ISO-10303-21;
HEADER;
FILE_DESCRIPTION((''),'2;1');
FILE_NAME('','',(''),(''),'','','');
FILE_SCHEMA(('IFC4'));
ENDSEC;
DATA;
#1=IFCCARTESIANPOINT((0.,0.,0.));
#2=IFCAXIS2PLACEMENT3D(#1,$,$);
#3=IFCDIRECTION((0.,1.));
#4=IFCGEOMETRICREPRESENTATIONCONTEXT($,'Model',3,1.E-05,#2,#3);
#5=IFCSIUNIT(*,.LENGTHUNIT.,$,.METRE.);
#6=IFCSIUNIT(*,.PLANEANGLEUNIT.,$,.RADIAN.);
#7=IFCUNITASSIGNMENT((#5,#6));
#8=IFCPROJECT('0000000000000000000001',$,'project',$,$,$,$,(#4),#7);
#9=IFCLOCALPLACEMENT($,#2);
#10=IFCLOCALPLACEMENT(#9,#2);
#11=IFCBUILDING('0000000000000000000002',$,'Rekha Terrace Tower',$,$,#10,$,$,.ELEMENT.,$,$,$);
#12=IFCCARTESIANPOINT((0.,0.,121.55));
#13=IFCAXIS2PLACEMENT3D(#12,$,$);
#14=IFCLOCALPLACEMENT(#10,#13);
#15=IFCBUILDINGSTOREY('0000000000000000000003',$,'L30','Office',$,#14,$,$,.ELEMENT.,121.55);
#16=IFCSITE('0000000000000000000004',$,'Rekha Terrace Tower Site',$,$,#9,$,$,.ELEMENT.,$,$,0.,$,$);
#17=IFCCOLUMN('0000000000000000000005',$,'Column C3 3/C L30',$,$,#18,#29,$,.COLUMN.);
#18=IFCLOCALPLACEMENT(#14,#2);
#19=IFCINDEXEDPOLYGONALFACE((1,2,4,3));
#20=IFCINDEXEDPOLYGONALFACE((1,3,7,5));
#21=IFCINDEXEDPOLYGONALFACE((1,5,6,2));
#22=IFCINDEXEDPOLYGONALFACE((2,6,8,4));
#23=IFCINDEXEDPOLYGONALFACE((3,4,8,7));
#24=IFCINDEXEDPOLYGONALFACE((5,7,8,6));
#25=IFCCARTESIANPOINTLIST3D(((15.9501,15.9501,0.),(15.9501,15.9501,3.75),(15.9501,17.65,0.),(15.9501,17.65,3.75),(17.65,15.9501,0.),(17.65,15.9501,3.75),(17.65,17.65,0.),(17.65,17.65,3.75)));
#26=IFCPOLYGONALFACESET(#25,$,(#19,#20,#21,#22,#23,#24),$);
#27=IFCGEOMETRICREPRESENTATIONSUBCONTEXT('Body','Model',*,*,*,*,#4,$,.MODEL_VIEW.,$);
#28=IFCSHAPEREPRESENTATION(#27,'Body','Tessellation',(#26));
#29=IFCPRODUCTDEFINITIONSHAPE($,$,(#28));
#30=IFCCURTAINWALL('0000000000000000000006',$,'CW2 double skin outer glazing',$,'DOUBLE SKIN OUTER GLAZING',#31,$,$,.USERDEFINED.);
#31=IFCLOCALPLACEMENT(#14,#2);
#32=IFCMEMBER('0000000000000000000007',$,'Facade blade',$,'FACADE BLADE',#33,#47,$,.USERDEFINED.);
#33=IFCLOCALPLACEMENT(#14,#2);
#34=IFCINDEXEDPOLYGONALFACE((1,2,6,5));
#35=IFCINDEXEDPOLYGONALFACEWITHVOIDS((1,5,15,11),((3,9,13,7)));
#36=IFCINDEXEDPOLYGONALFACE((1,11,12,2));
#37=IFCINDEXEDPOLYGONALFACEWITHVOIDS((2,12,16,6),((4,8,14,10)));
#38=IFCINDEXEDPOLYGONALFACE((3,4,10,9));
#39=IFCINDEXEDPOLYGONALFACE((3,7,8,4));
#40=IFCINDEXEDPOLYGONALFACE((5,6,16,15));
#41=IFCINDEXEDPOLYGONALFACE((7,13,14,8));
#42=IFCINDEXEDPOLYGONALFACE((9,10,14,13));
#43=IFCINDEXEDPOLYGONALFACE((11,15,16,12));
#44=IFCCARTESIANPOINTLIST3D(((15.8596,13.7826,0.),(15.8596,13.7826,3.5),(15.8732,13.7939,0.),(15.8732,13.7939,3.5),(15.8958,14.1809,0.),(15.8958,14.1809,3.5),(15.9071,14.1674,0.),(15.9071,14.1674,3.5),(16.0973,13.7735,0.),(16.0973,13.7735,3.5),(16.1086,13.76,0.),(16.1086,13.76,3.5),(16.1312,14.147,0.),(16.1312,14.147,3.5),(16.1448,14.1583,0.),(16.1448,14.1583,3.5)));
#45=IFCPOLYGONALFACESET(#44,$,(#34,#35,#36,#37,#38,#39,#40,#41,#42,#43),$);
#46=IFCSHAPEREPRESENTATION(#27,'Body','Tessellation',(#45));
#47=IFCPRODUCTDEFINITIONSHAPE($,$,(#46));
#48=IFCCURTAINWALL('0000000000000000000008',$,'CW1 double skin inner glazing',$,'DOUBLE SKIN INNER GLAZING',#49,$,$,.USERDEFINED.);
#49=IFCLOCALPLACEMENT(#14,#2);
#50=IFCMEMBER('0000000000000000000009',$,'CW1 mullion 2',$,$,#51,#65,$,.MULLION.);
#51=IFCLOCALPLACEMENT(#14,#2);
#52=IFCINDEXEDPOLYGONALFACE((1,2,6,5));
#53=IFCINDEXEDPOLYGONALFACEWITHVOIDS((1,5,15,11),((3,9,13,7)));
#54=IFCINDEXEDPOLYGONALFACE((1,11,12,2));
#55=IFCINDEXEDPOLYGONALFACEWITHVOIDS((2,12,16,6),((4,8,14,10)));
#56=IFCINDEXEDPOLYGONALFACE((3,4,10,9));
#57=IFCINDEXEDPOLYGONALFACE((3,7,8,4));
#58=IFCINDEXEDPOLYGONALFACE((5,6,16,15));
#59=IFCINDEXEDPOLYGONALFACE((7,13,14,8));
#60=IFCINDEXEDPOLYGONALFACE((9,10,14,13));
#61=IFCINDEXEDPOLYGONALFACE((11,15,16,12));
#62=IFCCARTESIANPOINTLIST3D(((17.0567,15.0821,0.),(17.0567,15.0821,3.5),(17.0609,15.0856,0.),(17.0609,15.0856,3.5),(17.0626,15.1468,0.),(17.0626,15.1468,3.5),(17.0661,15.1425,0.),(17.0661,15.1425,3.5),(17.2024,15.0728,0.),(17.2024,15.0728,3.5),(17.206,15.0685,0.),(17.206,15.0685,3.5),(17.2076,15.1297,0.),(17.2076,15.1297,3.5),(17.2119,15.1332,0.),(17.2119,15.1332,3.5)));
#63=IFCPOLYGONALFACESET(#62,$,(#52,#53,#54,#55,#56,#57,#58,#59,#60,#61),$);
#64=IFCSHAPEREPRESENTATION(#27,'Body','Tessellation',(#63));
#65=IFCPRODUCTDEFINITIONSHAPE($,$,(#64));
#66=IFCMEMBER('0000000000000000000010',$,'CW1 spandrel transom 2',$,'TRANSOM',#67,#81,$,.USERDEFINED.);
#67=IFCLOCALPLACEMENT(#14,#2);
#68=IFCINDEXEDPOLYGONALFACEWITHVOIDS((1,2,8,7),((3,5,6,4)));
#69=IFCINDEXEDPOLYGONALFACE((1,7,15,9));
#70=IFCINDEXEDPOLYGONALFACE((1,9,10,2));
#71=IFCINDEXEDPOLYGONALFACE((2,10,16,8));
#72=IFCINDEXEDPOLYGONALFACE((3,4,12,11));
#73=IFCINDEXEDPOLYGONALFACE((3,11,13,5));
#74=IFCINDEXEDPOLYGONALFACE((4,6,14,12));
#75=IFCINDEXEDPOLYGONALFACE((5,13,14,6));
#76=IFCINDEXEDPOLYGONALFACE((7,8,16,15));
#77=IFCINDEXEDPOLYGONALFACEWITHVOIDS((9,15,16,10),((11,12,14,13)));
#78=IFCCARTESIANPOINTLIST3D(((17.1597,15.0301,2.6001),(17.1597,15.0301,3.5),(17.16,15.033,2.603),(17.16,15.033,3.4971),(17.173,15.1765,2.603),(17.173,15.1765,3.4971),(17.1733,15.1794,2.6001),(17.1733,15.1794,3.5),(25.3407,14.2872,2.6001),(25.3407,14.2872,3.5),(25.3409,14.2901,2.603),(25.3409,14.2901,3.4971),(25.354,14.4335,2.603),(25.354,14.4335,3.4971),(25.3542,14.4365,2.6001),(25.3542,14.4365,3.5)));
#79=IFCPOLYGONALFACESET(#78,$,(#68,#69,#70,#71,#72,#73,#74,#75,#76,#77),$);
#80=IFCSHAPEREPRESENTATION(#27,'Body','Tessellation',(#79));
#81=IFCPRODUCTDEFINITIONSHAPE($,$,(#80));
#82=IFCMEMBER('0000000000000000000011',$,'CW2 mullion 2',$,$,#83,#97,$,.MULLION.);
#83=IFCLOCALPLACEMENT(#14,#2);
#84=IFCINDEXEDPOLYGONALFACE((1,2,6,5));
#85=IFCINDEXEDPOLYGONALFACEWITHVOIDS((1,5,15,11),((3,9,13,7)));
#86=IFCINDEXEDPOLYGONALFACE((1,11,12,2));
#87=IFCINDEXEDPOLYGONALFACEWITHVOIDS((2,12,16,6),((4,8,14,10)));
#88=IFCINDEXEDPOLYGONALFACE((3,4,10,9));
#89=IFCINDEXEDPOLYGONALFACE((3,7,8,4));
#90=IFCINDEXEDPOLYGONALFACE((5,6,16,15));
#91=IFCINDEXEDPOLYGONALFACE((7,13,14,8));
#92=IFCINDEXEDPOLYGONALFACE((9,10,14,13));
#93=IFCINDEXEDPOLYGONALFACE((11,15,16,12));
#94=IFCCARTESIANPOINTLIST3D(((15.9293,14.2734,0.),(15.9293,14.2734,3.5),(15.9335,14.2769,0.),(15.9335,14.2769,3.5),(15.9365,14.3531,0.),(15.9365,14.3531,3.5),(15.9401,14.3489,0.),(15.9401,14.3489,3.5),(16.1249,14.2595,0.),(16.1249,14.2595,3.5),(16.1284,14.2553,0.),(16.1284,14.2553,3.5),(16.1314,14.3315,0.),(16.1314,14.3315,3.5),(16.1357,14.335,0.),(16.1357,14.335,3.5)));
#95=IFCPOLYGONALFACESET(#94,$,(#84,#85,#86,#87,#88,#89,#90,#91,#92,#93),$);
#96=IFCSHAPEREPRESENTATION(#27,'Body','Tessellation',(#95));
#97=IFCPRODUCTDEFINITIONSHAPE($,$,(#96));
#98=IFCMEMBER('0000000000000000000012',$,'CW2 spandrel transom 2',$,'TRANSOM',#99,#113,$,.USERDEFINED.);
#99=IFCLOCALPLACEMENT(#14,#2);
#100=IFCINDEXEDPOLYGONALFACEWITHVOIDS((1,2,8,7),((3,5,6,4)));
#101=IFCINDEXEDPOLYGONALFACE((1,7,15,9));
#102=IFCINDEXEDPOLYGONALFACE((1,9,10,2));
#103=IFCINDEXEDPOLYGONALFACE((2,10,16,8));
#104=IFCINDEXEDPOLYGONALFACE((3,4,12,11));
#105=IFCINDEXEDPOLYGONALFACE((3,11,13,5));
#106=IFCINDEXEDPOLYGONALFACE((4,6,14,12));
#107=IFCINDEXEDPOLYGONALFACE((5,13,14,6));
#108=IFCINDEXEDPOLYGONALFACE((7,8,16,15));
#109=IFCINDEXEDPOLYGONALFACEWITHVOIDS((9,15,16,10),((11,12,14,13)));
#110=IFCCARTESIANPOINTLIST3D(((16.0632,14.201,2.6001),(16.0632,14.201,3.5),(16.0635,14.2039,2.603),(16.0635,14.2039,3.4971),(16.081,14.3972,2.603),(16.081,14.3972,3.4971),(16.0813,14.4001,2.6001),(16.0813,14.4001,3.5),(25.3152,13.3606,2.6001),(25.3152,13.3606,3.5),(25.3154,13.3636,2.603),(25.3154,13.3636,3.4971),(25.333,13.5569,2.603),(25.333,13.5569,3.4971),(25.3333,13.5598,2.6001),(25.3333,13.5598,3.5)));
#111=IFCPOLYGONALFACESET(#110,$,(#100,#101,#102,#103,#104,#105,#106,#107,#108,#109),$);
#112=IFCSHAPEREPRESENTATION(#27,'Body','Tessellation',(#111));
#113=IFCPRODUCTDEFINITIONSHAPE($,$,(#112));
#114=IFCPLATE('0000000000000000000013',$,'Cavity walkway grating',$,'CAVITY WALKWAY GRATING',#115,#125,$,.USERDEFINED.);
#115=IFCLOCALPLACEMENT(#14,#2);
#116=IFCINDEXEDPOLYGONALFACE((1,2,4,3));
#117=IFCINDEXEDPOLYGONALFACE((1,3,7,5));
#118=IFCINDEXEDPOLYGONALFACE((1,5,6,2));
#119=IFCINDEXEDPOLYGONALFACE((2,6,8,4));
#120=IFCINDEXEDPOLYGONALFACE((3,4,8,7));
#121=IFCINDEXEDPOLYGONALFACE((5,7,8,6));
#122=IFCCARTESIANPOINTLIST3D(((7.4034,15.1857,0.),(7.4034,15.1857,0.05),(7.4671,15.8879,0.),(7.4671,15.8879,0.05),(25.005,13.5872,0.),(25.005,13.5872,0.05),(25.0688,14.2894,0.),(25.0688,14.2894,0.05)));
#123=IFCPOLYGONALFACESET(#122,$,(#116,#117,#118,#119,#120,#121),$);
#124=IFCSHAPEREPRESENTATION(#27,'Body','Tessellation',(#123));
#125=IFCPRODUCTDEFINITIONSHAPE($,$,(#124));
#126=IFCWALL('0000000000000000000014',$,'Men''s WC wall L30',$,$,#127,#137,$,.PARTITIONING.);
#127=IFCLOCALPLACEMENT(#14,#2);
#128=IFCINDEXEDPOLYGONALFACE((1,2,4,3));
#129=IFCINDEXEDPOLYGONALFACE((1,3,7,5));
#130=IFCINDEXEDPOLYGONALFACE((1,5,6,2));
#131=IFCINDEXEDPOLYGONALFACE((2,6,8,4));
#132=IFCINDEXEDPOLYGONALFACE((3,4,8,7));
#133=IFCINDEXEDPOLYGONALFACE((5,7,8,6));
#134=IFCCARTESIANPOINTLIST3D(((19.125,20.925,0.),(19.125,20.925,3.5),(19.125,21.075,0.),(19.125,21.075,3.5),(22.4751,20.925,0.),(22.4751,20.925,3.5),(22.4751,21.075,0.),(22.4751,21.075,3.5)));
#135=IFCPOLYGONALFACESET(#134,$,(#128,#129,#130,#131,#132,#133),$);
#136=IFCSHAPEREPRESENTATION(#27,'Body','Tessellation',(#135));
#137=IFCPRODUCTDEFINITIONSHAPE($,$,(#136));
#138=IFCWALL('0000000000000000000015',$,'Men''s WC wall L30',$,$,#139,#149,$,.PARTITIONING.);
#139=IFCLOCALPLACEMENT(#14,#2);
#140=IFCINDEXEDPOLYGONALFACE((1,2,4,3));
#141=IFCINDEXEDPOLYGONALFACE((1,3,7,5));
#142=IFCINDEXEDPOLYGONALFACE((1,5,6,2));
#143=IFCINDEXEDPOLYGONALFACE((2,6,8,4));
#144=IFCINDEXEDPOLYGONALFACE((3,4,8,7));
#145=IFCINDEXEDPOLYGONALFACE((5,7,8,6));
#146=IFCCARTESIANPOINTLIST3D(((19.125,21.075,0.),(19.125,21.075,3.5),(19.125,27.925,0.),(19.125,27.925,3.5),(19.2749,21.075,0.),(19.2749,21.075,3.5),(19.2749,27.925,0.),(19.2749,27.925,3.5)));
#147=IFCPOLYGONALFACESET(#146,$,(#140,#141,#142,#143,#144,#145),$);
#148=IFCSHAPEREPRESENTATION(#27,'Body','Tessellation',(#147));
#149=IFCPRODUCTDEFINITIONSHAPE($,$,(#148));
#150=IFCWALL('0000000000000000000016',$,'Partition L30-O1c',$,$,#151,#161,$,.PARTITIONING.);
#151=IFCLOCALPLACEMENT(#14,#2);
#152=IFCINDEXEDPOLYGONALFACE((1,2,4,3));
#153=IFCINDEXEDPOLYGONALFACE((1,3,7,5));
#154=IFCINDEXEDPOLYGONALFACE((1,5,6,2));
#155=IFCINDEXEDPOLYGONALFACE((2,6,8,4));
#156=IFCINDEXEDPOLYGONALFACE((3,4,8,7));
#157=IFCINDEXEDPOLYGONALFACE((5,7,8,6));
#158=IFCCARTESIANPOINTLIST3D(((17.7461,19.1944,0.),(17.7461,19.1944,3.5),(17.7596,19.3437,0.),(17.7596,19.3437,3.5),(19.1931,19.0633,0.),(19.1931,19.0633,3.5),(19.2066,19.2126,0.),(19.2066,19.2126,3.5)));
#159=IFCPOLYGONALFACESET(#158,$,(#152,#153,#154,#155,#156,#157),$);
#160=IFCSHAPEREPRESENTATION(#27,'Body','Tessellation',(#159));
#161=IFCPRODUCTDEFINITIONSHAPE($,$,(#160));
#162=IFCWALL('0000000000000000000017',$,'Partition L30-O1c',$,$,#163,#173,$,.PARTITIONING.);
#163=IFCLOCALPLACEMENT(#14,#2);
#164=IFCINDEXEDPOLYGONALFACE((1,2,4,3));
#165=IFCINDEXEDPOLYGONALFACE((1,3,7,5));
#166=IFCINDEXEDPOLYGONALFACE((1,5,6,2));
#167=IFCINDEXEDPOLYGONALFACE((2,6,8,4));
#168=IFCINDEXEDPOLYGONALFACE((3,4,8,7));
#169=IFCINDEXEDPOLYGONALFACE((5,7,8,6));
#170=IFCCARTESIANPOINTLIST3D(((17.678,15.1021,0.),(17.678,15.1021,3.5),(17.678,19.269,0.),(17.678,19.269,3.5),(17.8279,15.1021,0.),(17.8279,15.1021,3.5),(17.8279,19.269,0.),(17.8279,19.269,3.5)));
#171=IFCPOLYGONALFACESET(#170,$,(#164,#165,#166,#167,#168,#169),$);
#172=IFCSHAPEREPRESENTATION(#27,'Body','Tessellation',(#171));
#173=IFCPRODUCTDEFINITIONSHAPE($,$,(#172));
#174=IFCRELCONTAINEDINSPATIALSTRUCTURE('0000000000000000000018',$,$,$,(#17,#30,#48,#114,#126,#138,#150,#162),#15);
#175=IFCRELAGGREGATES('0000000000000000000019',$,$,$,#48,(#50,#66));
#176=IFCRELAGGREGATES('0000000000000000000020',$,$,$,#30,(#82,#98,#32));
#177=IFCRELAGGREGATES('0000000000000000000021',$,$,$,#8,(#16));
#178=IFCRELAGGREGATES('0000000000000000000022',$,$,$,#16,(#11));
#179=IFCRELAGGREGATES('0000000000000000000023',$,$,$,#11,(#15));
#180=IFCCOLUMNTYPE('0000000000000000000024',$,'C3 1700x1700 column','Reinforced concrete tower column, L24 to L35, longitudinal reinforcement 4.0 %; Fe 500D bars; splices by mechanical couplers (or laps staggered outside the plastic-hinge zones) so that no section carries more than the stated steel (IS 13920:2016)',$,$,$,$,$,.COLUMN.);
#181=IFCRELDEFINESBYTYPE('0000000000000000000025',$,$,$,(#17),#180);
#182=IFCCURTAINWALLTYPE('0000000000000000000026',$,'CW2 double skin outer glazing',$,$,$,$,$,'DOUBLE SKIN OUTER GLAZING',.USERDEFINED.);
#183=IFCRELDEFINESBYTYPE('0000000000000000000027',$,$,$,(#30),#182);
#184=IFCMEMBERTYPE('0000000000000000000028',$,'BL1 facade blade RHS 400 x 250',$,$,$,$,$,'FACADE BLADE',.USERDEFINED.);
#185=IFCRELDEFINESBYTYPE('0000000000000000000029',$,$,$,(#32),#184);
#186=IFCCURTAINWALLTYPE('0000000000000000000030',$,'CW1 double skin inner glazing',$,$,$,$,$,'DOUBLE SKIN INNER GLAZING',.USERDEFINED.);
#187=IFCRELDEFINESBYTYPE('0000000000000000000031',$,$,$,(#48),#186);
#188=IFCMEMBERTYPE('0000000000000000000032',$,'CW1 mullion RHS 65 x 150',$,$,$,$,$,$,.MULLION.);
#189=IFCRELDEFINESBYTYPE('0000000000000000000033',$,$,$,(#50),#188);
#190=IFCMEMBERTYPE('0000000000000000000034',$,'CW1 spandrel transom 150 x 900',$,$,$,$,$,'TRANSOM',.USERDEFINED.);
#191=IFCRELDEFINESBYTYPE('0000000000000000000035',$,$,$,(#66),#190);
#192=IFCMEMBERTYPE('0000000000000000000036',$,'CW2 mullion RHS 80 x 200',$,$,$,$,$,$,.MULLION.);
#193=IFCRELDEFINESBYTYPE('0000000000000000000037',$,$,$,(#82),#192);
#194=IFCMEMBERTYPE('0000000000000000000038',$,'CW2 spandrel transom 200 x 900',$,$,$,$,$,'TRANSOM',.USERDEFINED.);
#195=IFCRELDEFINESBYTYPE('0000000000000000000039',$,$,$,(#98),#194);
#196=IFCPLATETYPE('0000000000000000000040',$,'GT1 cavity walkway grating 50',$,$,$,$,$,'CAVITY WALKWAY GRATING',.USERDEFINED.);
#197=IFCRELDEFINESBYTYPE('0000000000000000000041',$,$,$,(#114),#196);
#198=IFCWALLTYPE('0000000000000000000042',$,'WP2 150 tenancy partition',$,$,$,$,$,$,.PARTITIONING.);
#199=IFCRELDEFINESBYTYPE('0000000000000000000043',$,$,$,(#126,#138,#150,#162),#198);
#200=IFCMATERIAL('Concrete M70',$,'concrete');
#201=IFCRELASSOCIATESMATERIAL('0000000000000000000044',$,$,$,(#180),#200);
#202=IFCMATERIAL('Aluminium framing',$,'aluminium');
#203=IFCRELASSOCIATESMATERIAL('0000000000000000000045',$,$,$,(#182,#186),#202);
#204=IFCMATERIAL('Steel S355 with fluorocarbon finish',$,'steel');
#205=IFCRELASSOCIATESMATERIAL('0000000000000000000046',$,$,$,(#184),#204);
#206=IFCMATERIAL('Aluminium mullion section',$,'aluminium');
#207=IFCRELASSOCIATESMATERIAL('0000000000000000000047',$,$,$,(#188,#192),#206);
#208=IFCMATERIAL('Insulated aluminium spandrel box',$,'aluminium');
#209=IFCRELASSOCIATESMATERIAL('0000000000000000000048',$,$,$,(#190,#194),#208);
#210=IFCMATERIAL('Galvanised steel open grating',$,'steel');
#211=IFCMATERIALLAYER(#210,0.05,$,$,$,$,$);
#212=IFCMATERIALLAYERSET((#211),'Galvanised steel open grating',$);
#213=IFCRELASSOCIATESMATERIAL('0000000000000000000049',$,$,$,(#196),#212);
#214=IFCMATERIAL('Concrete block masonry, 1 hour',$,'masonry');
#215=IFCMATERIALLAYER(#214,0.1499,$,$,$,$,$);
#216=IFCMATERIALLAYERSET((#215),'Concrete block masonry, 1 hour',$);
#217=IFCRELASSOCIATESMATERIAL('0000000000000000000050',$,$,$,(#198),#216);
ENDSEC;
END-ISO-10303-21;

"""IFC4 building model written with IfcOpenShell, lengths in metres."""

from ifc_helpers import new_model, si_unit, direction, frame, frame_2d, origin, origin_2d, place, context, subcontext, project, spatial, rectangle, hollow_rectangle, extrude, material, layer, layer_set, material_profile, profile_set, type_object, element, aggregate, save


model = new_model("IFC4")

# Units and contexts
model_context = context("Model", 3, precision=1e-05, world=origin(), true_north=direction((0.0, 1.0)))
body_context = subcontext(model_context, "Body", "Model", "MODEL_VIEW")
ifc_project = project(units=[si_unit("LENGTHUNIT", "METRE"), si_unit("PLANEANGLEUNIT", "RADIAN")], contexts=[model_context])

# Site, building, storey
site_placement = place(None, origin())
site = spatial("IfcSite", under=ifc_project, at=site_placement, Name="Rekha Terrace Tower Site", CompositionType="ELEMENT", RefElevation=0.0)
building_placement = place(site_placement, origin())
building = spatial("IfcBuilding", under=site, at=building_placement, Name="Rekha Terrace Tower", CompositionType="ELEMENT")
storey_placement = place(building_placement, frame((0.0, 0.0, 121.55)))
storey = spatial("IfcBuildingStorey", under=building, at=storey_placement, Name="L30", Description="Office", CompositionType="ELEMENT", Elevation=121.55)

# Column
ifc_material_1 = material(Name="Concrete M70", Category="concrete")
ifc_material_profile_1 = material_profile(ifc_material_1, rectangle(XDim=1.7, YDim=1.7, at=origin_2d()), Name="RC 1700x1700")
ifc_profile_set_1 = profile_set([ifc_material_profile_1], Name="Concrete M70")
column_type = type_object("IfcColumnType", Name="C3 1700x1700 column", Description="Reinforced concrete tower column, L24 to L35, longitudinal reinforcement 4.0 %; Fe 500D bars; splices by mechanical couplers (or laps staggered outside the plastic-hinge zones) so that no section carries more than the stated steel (IS 13920:2016)", PredefinedType="COLUMN", material=ifc_profile_set_1)
column_placement = place(storey_placement, frame((16.8, 16.8, 0.0), z_axis=(0.0, 0.0, 1.0), x_axis=(1.0, 0.0, 0.0)))
element("IfcColumn", 1, at=column_placement, inside=storey, type_object=column_type, Name="Column C3 3/C L30", PredefinedType="COLUMN", context=body_context, shape_type="SweptSolid", body=[
    extrude(rectangle(XDim=1.7, YDim=1.7, at=origin_2d()), origin(), (0.0, 0.0, 1.0), 3.75),
])

# Curtain wall, member
ifc_material_2 = material(Name="Aluminium framing", Category="aluminium")
curtain_wall_type_1 = type_object("IfcCurtainWallType", Name="CW2 double skin outer glazing", ElementType="DOUBLE SKIN OUTER GLAZING", PredefinedType="USERDEFINED", material=ifc_material_2)
curtain_wall_1_placement = place(storey_placement, origin())
curtain_wall_1 = element("IfcCurtainWall", 2, at=curtain_wall_1_placement, inside=storey, type_object=curtain_wall_type_1, Name="CW2 double skin outer glazing", ObjectType="DOUBLE SKIN OUTER GLAZING", PredefinedType="USERDEFINED")
ifc_material_3 = material(Name="Steel S355 with fluorocarbon finish", Category="steel")
ifc_material_profile_2 = material_profile(ifc_material_3, hollow_rectangle(XDim=0.25, YDim=0.3999, WallThickness=0.0125, at=origin_2d()), Name="RHS400x250x12.5")
ifc_profile_set_2 = profile_set([ifc_material_profile_2], Name="Steel S355 with fluorocarbon finish")
member_type_1 = type_object("IfcMemberType", Name="BL1 facade blade RHS 400 x 250", ElementType="FACADE BLADE", PredefinedType="USERDEFINED", material=ifc_profile_set_2)
member_1_placement = place(storey_placement, frame((16.0022, 13.9705, 0.0), z_axis=(0.0, 0.0, 1.0), x_axis=(0.995902, -0.09044, 0.0)))
member_1 = element("IfcMember", 3, at=member_1_placement, type_object=member_type_1, Name="Facade blade", ObjectType="FACADE BLADE", PredefinedType="USERDEFINED", context=body_context, shape_type="SweptSolid", body=[
    extrude(hollow_rectangle(XDim=0.25, YDim=0.3999, WallThickness=0.0125, at=origin_2d()), origin(), (0.0, 0.0, 1.0), 3.5),
])

# Curtain wall, members
curtain_wall_type_2 = type_object("IfcCurtainWallType", Name="CW1 double skin inner glazing", ElementType="DOUBLE SKIN INNER GLAZING", PredefinedType="USERDEFINED", material=ifc_material_2)
curtain_wall_2_placement = place(storey_placement, origin())
curtain_wall_2 = element("IfcCurtainWall", 4, at=curtain_wall_2_placement, inside=storey, type_object=curtain_wall_type_2, Name="CW1 double skin inner glazing", ObjectType="DOUBLE SKIN INNER GLAZING", PredefinedType="USERDEFINED")
ifc_material_4 = material(Name="Aluminium mullion section", Category="aluminium")
ifc_material_profile_3 = material_profile(ifc_material_4, hollow_rectangle(XDim=0.0649, YDim=0.1499, WallThickness=0.0039, at=origin_2d()), Name="AL RHS 65x150")
ifc_profile_set_3 = profile_set([ifc_material_profile_3], Name="Aluminium mullion section")
member_type_2 = type_object("IfcMemberType", Name="CW1 mullion RHS 65 x 150", PredefinedType="MULLION", material=ifc_profile_set_3)
member_2_placement = place(storey_placement, frame((17.1343, 15.1077, 0.0), z_axis=(0.0, 0.0, 1.0), x_axis=(0.09044, 0.995902, 0.0)))
member_2 = element("IfcMember", 5, at=member_2_placement, type_object=member_type_2, Name="CW1 mullion 2", PredefinedType="MULLION", context=body_context, shape_type="SweptSolid", body=[
    extrude(hollow_rectangle(XDim=0.0649, YDim=0.1499, WallThickness=0.0039, at=origin_2d()), origin(), (0.0, 0.0, 1.0), 3.5),
])
ifc_material_5 = material(Name="Insulated aluminium spandrel box", Category="aluminium")
ifc_material_profile_4 = material_profile(ifc_material_5, hollow_rectangle(XDim=0.1499, YDim=0.8999, WallThickness=0.0029, at=origin_2d()), Name="AL SPANDREL BOX 150x900")
ifc_profile_set_4 = profile_set([ifc_material_profile_4], Name="Insulated aluminium spandrel box")
member_type_3 = type_object("IfcMemberType", Name="CW1 spandrel transom 150 x 900", ElementType="TRANSOM", PredefinedType="USERDEFINED", material=ifc_profile_set_4)
member_3_placement = place(storey_placement, frame((17.1665, 15.1047, 3.05), z_axis=(0.995902, -0.090439, 0.0), x_axis=(0.090439, 0.995902, 0.0)))
member_3 = element("IfcMember", 6, at=member_3_placement, type_object=member_type_3, Name="CW1 spandrel transom 2", ObjectType="TRANSOM", PredefinedType="USERDEFINED", context=body_context, shape_type="SweptSolid", body=[
    extrude(hollow_rectangle(XDim=0.1499, YDim=0.8999, WallThickness=0.0029, at=origin_2d()), origin(), (0.0, 0.0, 1.0), 8.2146),
])
aggregate(curtain_wall_2, [member_2, member_3])

# Members
ifc_material_profile_5 = material_profile(ifc_material_4, hollow_rectangle(XDim=0.0801, YDim=0.2, WallThickness=0.0039, at=origin_2d()), Name="AL RHS 80x200")
ifc_profile_set_5 = profile_set([ifc_material_profile_5], Name="Aluminium mullion section")
member_type_4 = type_object("IfcMemberType", Name="CW2 mullion RHS 80 x 200", PredefinedType="MULLION", material=ifc_profile_set_5)
member_4_placement = place(storey_placement, frame((16.0325, 14.3042, 0.0), z_axis=(0.0, 0.0, 1.0), x_axis=(0.09044, 0.995902, 0.0)))
member_4 = element("IfcMember", 7, at=member_4_placement, type_object=member_type_4, Name="CW2 mullion 2", PredefinedType="MULLION", context=body_context, shape_type="SweptSolid", body=[
    extrude(hollow_rectangle(XDim=0.0801, YDim=0.2, WallThickness=0.0039, at=origin_2d()), origin(), (0.0, 0.0, 1.0), 3.5),
])
ifc_material_profile_6 = material_profile(ifc_material_5, hollow_rectangle(XDim=0.2, YDim=0.8999, WallThickness=0.0029, at=origin_2d()), Name="AL SPANDREL BOX 200x900")
ifc_profile_set_6 = profile_set([ifc_material_profile_6], Name="Insulated aluminium spandrel box")
member_type_5 = type_object("IfcMemberType", Name="CW2 spandrel transom 200 x 900", ElementType="TRANSOM", PredefinedType="USERDEFINED", material=ifc_profile_set_6)
member_5_placement = place(storey_placement, frame((16.0723, 14.3005, 3.05), z_axis=(0.995901, -0.090455, 0.0), x_axis=(0.090455, 0.995901, 0.0)))
member_5 = element("IfcMember", 8, at=member_5_placement, type_object=member_type_5, Name="CW2 spandrel transom 2", ObjectType="TRANSOM", PredefinedType="USERDEFINED", context=body_context, shape_type="SweptSolid", body=[
    extrude(hollow_rectangle(XDim=0.2, YDim=0.8999, WallThickness=0.0029, at=origin_2d()), origin(), (0.0, 0.0, 1.0), 9.29),
])
aggregate(curtain_wall_1, [member_4, member_5, member_1])

# Plate
ifc_material_6 = material(Name="Galvanised steel open grating", Category="steel")
ifc_layer_1 = layer(ifc_material_6, 0.05)
ifc_layer_set_1 = layer_set([ifc_layer_1], Name="Galvanised steel open grating")
plate_type = type_object("IfcPlateType", Name="GT1 cavity walkway grating 50", ElementType="CAVITY WALKWAY GRATING", PredefinedType="USERDEFINED", material=ifc_layer_set_1)
plate_placement = place(storey_placement, frame((16.2361, 14.7375, 0.0), z_axis=(0.0, 0.0, 1.0), x_axis=(0.995902, -0.09044, 0.0)))
element("IfcPlate", 9, at=plate_placement, inside=storey, type_object=plate_type, Name="Cavity walkway grating", ObjectType="CAVITY WALKWAY GRATING", PredefinedType="USERDEFINED", context=body_context, shape_type="SweptSolid", body=[
    extrude(rectangle(XDim=17.6741, YDim=0.7051, at=origin_2d()), origin(), (0.0, 0.0, 1.0), 0.05),
])

# Walls
ifc_material_7 = material(Name="Concrete block masonry, 1 hour", Category="masonry")
ifc_layer_2 = layer(ifc_material_7, 0.1499)
ifc_layer_set_2 = layer_set([ifc_layer_2], Name="Concrete block masonry, 1 hour")
wall_type_1 = type_object("IfcWallType", Name="WP2 150 tenancy partition", PredefinedType="PARTITIONING", material=ifc_layer_set_2)
wall_1_placement = place(storey_placement, frame((19.125, 21.0, 0.0), z_axis=(0.0, 0.0, 1.0), x_axis=(1.0, 0.0, 0.0)))
element("IfcWall", 10, at=wall_1_placement, inside=storey, type_object=wall_type_1, Name="Men's WC wall L30", PredefinedType="PARTITIONING", context=body_context, shape_type="SweptSolid", body=[
    extrude(rectangle(XDim=3.3501, YDim=0.1499, at=frame_2d((1.675, 0.0))), origin(), (0.0, 0.0, 1.0), 3.5),
])
wall_2_placement = place(storey_placement, frame((19.2, 21.075, 0.0), z_axis=(0.0, 0.0, 1.0), x_axis=(0.0, 1.0, 0.0)))
element("IfcWall", 11, at=wall_2_placement, inside=storey, type_object=wall_type_1, Name="Men's WC wall L30", PredefinedType="PARTITIONING", context=body_context, shape_type="SweptSolid", body=[
    extrude(rectangle(XDim=6.8501, YDim=0.1499, at=frame_2d((3.425, 0.0))), origin(), (0.0, 0.0, 1.0), 3.5),
])
wall_3_placement = place(storey_placement, frame((19.2, 19.1379, 0.0), z_axis=(0.0, 0.0, 1.0), x_axis=(-0.995921, 0.090233, 0.0)))
element("IfcWall", 12, at=wall_3_placement, inside=storey, type_object=wall_type_1, Name="Partition L30-O1c", PredefinedType="PARTITIONING", context=body_context, shape_type="SweptSolid", body=[
    extrude(rectangle(XDim=1.4529, YDim=0.1499, at=frame_2d((0.7266, 0.0))), origin(), (0.0, 0.0, 1.0), 3.5),
])
wall_4_placement = place(storey_placement, frame((17.7529, 19.269, 0.0), z_axis=(0.0, 0.0, 1.0), x_axis=(0.0, -1.0, 0.0)))
element("IfcWall", 13, at=wall_4_placement, inside=storey, type_object=wall_type_1, Name="Partition L30-O1c", PredefinedType="PARTITIONING", context=body_context, shape_type="SweptSolid", body=[
    extrude(rectangle(XDim=4.167, YDim=0.1499, at=frame_2d((2.0835, 0.0))), origin(), (0.0, 0.0, 1.0), 3.5),
])

save(model, "model.ifc")
